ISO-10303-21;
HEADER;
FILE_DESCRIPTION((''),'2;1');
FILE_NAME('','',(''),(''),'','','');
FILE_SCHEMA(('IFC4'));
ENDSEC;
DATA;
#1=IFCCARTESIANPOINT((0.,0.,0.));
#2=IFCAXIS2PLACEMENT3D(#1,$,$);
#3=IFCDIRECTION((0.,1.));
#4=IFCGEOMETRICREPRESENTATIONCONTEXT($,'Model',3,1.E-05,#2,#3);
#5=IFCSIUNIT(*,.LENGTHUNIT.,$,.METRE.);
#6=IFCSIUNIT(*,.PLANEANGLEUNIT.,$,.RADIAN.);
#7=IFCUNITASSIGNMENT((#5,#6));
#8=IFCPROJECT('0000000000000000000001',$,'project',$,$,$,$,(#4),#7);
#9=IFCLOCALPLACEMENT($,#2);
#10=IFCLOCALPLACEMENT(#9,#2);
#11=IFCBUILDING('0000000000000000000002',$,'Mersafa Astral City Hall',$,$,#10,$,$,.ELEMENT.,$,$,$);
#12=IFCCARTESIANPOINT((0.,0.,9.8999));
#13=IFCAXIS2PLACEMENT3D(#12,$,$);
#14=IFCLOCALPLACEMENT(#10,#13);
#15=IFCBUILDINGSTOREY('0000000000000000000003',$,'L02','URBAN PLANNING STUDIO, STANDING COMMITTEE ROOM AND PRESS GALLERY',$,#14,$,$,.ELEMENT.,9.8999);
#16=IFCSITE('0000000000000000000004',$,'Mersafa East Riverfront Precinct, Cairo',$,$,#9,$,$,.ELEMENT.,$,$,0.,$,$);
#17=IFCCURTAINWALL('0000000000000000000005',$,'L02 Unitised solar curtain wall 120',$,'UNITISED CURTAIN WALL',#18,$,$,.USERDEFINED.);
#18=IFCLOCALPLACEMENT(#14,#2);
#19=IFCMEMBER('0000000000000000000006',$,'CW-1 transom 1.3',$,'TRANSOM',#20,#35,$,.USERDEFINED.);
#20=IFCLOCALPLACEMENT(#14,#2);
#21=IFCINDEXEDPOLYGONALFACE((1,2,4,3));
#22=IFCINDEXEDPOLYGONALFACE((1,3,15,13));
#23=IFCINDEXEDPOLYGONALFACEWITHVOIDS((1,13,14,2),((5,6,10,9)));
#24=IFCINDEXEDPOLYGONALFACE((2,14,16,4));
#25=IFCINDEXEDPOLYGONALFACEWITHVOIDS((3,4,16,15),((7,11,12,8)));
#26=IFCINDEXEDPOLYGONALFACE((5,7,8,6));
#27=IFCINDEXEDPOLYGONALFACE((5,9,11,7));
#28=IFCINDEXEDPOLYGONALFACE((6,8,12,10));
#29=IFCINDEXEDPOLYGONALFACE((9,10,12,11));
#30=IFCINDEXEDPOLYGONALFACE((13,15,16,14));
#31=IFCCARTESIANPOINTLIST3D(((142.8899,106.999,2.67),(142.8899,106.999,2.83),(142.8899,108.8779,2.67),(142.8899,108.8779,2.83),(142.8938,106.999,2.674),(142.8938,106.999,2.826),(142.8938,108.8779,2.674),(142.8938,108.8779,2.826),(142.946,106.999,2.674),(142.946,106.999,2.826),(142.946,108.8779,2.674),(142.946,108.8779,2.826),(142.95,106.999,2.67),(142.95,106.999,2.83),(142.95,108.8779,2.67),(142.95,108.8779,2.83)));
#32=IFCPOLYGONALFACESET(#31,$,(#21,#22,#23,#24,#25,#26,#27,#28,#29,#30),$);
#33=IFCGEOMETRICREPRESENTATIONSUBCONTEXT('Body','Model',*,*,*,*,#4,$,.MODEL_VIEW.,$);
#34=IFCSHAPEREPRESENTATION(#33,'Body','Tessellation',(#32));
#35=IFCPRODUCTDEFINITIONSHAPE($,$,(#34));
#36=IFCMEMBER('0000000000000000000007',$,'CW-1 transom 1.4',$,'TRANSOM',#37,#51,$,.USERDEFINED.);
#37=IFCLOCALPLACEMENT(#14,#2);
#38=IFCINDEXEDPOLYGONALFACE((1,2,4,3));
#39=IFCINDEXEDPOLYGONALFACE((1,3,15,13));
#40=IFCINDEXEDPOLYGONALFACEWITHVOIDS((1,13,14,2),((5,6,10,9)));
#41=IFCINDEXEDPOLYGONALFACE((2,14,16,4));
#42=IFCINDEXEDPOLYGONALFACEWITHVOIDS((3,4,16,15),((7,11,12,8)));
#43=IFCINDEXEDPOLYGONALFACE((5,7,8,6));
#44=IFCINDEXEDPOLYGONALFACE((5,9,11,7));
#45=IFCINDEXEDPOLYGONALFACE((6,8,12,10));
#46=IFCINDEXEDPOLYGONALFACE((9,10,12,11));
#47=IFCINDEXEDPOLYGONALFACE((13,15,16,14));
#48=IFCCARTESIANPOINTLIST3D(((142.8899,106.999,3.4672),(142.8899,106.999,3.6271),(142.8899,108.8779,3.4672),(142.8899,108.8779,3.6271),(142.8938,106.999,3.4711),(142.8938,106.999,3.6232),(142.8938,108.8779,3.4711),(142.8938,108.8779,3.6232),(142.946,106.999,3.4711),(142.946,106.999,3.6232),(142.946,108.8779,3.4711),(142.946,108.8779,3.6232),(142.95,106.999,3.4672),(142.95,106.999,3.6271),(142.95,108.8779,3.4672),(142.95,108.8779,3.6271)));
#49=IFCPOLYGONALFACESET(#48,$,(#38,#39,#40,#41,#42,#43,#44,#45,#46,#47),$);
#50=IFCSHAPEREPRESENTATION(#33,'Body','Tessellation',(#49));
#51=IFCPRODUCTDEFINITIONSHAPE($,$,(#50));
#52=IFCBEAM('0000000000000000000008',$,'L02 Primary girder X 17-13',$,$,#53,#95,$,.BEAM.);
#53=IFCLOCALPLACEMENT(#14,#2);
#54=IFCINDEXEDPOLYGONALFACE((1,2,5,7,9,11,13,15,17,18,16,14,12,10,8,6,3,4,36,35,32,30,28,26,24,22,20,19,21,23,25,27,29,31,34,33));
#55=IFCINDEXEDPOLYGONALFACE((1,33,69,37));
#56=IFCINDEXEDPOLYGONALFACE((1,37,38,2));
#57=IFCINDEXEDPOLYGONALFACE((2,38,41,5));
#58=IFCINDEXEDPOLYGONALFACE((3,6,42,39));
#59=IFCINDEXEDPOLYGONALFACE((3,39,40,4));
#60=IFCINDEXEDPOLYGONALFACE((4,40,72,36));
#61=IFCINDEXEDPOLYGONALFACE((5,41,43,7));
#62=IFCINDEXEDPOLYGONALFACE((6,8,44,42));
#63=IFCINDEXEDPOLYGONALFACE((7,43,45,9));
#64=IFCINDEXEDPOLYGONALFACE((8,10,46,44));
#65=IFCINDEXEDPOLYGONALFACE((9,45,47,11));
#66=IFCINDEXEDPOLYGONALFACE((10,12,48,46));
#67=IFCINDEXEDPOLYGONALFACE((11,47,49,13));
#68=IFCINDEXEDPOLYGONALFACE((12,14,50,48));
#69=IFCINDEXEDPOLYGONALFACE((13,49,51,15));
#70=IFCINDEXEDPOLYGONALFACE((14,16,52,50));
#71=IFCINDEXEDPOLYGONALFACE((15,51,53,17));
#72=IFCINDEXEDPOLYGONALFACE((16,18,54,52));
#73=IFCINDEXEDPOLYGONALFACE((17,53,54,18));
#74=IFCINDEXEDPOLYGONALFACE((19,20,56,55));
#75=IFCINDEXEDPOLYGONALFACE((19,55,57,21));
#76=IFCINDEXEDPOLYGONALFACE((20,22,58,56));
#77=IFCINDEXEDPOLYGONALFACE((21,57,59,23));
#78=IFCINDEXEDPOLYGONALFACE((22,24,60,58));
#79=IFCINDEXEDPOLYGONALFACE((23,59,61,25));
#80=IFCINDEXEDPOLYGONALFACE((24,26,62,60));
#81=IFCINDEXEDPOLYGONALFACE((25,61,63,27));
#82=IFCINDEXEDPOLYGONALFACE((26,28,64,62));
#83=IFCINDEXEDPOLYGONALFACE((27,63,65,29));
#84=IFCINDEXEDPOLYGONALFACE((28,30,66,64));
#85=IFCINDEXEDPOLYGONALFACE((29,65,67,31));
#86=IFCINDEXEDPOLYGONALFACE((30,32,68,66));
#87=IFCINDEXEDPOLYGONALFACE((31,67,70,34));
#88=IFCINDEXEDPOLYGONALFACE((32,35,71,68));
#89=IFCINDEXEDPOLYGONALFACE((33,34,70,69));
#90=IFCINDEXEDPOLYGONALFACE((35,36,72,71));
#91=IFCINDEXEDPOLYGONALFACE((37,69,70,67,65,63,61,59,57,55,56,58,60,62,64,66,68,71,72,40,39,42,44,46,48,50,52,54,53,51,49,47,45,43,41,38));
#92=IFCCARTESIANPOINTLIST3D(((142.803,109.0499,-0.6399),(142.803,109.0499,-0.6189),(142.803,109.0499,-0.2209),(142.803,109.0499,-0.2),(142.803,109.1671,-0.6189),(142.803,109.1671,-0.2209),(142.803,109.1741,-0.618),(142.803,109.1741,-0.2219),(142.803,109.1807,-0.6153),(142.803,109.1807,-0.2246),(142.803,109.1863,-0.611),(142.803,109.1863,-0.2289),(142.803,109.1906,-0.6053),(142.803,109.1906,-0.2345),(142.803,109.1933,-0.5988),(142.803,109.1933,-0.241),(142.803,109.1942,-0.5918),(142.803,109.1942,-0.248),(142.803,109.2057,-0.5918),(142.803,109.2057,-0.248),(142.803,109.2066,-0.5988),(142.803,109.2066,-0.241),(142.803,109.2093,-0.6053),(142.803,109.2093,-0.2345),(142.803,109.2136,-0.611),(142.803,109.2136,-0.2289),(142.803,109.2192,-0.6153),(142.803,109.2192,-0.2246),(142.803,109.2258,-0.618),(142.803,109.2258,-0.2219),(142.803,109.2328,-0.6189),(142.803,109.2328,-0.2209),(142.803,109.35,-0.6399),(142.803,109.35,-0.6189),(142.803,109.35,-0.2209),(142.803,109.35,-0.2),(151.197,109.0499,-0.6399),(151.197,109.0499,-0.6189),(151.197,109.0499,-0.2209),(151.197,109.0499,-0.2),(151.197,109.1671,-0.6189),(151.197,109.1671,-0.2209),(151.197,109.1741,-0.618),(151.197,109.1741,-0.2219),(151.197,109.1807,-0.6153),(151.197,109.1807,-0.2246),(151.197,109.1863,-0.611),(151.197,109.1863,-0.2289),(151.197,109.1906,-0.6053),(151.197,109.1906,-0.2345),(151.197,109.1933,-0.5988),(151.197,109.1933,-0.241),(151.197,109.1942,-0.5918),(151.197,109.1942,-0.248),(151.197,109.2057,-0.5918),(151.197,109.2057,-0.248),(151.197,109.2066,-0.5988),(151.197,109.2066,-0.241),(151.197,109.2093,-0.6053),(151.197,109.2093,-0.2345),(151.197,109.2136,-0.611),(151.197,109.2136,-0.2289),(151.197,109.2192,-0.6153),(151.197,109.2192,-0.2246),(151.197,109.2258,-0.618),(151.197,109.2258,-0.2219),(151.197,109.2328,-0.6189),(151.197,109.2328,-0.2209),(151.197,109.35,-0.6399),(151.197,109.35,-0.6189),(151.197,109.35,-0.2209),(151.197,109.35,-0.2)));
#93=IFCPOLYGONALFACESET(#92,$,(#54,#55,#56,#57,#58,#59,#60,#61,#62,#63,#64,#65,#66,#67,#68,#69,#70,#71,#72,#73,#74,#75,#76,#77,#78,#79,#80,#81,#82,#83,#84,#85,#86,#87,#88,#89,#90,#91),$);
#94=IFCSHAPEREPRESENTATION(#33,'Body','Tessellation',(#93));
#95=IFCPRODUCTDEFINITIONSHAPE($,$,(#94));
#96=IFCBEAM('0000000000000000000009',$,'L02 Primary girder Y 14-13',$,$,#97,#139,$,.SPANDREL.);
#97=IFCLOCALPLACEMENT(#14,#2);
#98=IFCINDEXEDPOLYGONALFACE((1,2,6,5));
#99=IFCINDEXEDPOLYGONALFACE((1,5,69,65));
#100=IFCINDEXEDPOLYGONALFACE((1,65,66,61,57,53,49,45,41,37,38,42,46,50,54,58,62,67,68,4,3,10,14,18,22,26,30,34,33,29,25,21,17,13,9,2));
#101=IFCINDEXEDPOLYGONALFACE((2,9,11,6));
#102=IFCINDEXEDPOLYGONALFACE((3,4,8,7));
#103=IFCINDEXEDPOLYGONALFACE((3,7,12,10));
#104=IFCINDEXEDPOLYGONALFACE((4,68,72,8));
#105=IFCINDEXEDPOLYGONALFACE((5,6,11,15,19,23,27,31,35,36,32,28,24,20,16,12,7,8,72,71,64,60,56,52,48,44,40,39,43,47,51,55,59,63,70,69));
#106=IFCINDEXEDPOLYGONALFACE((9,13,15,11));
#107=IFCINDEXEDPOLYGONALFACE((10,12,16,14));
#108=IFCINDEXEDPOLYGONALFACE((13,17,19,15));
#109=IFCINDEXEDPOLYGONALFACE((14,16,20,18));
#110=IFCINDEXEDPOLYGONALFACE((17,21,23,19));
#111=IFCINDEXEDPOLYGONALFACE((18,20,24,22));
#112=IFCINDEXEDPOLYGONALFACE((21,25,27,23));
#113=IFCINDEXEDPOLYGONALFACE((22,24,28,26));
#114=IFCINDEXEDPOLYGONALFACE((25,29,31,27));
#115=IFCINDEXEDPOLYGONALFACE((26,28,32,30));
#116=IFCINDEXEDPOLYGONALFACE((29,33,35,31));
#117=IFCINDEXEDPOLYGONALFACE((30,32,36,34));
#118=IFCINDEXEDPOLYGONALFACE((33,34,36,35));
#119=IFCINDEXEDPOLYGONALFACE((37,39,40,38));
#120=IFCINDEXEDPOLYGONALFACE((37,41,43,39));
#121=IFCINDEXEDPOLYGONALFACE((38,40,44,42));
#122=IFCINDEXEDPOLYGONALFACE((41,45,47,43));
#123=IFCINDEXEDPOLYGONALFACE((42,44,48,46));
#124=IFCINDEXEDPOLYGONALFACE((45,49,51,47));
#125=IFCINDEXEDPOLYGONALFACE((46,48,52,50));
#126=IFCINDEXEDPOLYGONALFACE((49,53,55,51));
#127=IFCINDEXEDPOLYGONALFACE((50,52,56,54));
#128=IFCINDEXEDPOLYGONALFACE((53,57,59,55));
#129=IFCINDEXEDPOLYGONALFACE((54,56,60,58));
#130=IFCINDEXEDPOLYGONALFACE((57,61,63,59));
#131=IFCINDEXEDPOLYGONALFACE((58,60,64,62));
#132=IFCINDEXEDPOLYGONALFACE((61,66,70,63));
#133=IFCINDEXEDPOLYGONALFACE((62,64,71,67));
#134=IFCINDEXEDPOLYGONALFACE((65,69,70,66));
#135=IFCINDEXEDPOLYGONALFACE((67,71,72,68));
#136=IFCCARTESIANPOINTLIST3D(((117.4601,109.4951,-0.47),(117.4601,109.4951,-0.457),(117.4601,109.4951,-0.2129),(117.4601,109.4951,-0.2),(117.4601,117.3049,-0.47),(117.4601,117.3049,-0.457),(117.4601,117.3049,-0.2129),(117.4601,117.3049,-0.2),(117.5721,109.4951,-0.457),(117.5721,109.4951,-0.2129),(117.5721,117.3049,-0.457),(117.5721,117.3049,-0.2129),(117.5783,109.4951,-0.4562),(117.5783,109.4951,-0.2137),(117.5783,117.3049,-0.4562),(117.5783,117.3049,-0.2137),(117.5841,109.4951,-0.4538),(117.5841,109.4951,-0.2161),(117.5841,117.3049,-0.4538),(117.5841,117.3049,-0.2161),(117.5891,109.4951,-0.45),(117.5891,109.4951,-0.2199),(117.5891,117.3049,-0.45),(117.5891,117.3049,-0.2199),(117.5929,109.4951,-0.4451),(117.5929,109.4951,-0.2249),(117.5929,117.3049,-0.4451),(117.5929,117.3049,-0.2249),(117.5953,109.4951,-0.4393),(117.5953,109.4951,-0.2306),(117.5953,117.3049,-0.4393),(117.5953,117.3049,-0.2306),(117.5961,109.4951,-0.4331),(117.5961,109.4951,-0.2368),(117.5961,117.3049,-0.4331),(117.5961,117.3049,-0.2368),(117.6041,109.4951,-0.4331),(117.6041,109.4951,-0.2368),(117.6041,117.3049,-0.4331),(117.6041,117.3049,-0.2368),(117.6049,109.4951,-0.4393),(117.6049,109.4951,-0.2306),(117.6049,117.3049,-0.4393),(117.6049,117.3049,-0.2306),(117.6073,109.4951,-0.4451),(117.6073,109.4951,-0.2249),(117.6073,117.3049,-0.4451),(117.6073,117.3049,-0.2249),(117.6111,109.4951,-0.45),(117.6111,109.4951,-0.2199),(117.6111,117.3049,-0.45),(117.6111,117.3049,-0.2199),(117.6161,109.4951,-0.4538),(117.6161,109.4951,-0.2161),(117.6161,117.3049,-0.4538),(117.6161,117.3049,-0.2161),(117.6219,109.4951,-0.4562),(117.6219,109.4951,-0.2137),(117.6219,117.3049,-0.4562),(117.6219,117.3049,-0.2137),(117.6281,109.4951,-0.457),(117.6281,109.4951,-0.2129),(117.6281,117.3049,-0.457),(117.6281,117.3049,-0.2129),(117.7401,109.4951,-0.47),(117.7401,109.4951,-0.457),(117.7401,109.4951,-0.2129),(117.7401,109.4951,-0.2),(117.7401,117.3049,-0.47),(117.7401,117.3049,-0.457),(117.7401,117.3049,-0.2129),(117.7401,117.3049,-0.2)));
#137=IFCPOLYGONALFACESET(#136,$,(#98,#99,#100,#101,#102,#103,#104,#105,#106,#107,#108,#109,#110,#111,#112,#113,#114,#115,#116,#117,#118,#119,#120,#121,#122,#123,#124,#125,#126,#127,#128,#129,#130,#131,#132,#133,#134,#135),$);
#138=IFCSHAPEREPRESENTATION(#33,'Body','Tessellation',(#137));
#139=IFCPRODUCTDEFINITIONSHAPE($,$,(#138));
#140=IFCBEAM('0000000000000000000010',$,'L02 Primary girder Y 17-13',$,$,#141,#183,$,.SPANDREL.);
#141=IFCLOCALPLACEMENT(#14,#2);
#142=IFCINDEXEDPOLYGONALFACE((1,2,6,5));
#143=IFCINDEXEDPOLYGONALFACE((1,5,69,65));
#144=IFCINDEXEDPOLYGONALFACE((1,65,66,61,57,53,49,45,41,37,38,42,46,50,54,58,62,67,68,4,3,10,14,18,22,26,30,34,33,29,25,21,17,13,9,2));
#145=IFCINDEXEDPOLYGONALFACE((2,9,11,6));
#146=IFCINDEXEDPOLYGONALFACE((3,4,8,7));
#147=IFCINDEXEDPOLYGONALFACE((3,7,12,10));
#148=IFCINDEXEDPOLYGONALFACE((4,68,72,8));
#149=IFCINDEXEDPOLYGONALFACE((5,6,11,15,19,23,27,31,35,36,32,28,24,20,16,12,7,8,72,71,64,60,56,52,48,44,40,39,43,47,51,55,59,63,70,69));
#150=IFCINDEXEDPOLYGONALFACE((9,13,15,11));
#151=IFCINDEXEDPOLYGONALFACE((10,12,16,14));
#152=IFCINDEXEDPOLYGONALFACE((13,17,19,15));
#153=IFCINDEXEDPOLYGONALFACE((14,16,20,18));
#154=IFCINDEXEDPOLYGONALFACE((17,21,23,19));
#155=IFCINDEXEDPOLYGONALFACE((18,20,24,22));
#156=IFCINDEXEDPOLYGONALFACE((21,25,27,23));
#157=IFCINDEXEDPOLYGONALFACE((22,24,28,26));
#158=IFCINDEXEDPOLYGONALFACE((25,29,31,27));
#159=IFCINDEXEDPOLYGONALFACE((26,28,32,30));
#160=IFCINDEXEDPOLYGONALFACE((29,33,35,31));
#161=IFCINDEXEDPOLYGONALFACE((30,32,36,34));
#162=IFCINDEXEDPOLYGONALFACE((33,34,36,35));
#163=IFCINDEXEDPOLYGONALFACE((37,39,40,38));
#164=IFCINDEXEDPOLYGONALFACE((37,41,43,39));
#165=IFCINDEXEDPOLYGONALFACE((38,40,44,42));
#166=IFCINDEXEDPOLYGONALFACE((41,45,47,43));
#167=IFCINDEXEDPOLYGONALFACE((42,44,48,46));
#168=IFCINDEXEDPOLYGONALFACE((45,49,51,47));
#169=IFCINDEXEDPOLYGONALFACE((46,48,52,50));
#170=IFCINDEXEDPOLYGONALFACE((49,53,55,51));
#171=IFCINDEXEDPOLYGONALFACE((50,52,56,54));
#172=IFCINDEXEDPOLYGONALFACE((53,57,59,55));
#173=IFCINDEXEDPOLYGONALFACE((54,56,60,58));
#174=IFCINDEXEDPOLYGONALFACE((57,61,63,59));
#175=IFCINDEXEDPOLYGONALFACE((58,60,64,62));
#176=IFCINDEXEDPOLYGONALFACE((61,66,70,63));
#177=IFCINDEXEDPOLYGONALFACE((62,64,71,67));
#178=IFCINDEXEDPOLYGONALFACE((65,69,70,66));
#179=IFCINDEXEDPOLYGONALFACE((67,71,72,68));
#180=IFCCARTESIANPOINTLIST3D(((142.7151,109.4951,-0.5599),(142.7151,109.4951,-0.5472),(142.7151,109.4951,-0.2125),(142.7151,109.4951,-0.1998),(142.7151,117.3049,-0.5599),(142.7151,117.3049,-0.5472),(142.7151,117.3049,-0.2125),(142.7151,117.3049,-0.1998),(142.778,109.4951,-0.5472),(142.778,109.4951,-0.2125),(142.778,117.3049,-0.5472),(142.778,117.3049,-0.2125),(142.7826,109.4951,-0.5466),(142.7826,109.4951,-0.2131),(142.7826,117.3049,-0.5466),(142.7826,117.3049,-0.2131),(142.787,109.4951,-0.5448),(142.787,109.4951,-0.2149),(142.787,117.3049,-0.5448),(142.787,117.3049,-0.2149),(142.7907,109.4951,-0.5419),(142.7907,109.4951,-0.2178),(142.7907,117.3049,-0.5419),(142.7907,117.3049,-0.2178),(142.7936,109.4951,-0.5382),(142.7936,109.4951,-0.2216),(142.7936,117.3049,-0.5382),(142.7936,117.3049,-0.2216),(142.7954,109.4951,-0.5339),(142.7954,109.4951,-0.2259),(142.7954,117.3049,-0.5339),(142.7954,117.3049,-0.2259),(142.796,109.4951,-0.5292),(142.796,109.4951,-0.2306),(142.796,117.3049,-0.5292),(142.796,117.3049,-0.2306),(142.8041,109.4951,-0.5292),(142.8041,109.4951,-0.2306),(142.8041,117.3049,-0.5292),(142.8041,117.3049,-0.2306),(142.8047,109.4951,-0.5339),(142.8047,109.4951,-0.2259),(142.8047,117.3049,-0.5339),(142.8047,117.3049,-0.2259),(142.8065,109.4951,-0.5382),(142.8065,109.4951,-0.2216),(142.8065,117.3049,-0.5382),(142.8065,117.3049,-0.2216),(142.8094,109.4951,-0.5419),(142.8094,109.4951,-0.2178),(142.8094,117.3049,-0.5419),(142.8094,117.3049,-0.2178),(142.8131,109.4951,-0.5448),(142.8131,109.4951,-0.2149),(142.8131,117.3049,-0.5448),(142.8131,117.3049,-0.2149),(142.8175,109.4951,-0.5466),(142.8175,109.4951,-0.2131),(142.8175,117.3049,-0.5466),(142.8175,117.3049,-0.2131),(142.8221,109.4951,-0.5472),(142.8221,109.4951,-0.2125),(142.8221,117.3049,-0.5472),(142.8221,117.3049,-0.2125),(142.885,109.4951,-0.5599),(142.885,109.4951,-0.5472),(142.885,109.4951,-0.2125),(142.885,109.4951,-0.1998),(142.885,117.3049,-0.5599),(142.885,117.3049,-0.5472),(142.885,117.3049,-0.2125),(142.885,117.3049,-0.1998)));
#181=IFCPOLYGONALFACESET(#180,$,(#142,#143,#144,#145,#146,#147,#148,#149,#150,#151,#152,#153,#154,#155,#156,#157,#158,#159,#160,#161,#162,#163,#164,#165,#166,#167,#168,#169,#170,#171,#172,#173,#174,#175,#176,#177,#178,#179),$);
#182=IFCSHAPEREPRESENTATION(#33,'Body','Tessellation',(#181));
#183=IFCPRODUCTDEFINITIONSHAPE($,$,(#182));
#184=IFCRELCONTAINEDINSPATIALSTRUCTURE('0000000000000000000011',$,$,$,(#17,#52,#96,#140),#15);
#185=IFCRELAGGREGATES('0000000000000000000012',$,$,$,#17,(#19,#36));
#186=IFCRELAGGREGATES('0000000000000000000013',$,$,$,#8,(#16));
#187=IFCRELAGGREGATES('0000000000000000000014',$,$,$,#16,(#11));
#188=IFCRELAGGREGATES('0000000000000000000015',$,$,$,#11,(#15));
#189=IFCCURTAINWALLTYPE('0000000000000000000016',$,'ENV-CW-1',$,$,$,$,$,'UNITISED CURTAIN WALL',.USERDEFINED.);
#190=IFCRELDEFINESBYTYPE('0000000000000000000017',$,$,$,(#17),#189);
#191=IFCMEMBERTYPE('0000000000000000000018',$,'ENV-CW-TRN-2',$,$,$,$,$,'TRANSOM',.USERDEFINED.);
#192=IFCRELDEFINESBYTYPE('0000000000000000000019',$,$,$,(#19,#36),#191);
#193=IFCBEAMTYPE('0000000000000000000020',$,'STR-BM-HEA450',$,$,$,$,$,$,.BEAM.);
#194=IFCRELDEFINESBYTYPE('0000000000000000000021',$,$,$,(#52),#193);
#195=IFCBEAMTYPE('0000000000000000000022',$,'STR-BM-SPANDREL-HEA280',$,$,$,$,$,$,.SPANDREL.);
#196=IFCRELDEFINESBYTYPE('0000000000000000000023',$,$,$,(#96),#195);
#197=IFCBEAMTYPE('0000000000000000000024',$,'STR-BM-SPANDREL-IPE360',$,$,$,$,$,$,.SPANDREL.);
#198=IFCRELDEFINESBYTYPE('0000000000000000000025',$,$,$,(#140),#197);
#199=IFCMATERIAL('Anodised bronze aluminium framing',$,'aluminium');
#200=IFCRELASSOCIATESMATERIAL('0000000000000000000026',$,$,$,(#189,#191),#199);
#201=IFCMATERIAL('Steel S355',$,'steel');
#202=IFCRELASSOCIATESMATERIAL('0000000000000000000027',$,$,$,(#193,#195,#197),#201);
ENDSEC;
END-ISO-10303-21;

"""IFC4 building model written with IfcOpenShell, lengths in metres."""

from ifc_helpers import new_model, si_unit, direction, frame, origin, origin_2d, place, context, subcontext, project, spatial, hollow_rectangle, i_section, extrude, material, material_profile, profile_set, type_object, element, aggregate, save


model = new_model("IFC4")

# Units and contexts
model_context = context("Model", 3, precision=1e-05, world=origin(), true_north=direction((0.0, 1.0)))
body_context = subcontext(model_context, "Body", "Model", "MODEL_VIEW")
ifc_project = project(units=[si_unit("LENGTHUNIT", "METRE"), si_unit("PLANEANGLEUNIT", "RADIAN")], contexts=[model_context])

# Site, building, storey
site_placement = place(None, origin())
site = spatial("IfcSite", under=ifc_project, at=site_placement, Name="Mersafa East Riverfront Precinct, Cairo", CompositionType="ELEMENT", RefElevation=0.0)
building_placement = place(site_placement, origin())
building = spatial("IfcBuilding", under=site, at=building_placement, Name="Mersafa Astral City Hall", CompositionType="ELEMENT")
storey_placement = place(building_placement, frame((0.0, 0.0, 9.8999)))
storey = spatial("IfcBuildingStorey", under=building, at=storey_placement, Name="L02", Description="URBAN PLANNING STUDIO, STANDING COMMITTEE ROOM AND PRESS GALLERY", CompositionType="ELEMENT", Elevation=9.8999)

# Shared definitions
ifc_material_1 = material(Name="Steel S355", Category="steel")

# Curtain wall, members
ifc_material_2 = material(Name="Anodised bronze aluminium framing", Category="aluminium")
curtain_wall_type = type_object("IfcCurtainWallType", Name="ENV-CW-1", ElementType="UNITISED CURTAIN WALL", PredefinedType="USERDEFINED", material=ifc_material_2)
curtain_wall_placement = place(storey_placement, origin())
curtain_wall = element("IfcCurtainWall", 1, at=curtain_wall_placement, inside=storey, type_object=curtain_wall_type, Name="L02 Unitised solar curtain wall 120", ObjectType="UNITISED CURTAIN WALL", PredefinedType="USERDEFINED")
ifc_material_profile_1 = material_profile(ifc_material_2, hollow_rectangle(XDim=0.0601, YDim=0.1599, WallThickness=0.0039, at=origin_2d()), Name="RHS 60x160x4")
ifc_profile_set_1 = profile_set([ifc_material_profile_1], Name="Anodised bronze aluminium framing")
member_type_1 = type_object("IfcMemberType", Name="ENV-CW-TRN-2", ElementType="TRANSOM", PredefinedType="USERDEFINED", material=ifc_profile_set_1)
member_1_placement = place(storey_placement, frame((142.9199, 108.8779, 2.75), z_axis=(0.0, -1.0, 0.0), x_axis=(1.0, 0.0, 0.0)))
member_1 = element("IfcMember", 2, at=member_1_placement, type_object=member_type_1, Name="CW-1 transom 1.3", ObjectType="TRANSOM", PredefinedType="USERDEFINED", context=body_context, shape_type="SweptSolid", body=[
    extrude(hollow_rectangle(XDim=0.0601, YDim=0.1599, WallThickness=0.0039, at=origin_2d()), origin(), (0.0, 0.0, 1.0), 1.8789),
])
member_2_placement = place(storey_placement, frame((142.9199, 108.8779, 3.5471), z_axis=(0.0, -1.0, 0.0), x_axis=(1.0, 0.0, 0.0)))
member_2 = element("IfcMember", 3, at=member_2_placement, type_object=member_type_1, Name="CW-1 transom 1.4", ObjectType="TRANSOM", PredefinedType="USERDEFINED", context=body_context, shape_type="SweptSolid", body=[
    extrude(hollow_rectangle(XDim=0.0601, YDim=0.1599, WallThickness=0.0039, at=origin_2d()), origin(), (0.0, 0.0, 1.0), 1.8789),
])

# Beams
ifc_material_profile_2 = material_profile(ifc_material_1, i_section(OverallWidth=0.3, OverallDepth=0.4399, WebThickness=0.0115, FlangeThickness=0.021, FilletRadius=0.0271, at=origin_2d()), Name="HEA 450")
ifc_profile_set_2 = profile_set([ifc_material_profile_2], Name="Steel S355")
beam_type_1 = type_object("IfcBeamType", Name="STR-BM-HEA450", PredefinedType="BEAM", material=ifc_profile_set_2)
beam_1_placement = place(storey_placement, frame((142.803, 109.2, -0.4199), z_axis=(1.0, 0.0, 0.0), x_axis=(0.0, 1.0, 0.0)))
element("IfcBeam", 4, at=beam_1_placement, inside=storey, type_object=beam_type_1, Name="L02 Primary girder X 17-13", PredefinedType="BEAM", context=body_context, shape_type="SweptSolid", body=[
    extrude(i_section(OverallWidth=0.3, OverallDepth=0.4399, WebThickness=0.0115, FlangeThickness=0.021, FilletRadius=0.0271, at=origin_2d()), origin(), (0.0, 0.0, 1.0), 8.394),
])
ifc_material_profile_3 = material_profile(ifc_material_1, i_section(OverallWidth=0.28, OverallDepth=0.27, WebThickness=0.0081, FlangeThickness=0.0129, FilletRadius=0.0239, at=origin_2d()), Name="HEA 280")
ifc_profile_set_3 = profile_set([ifc_material_profile_3], Name="Steel S355")
beam_type_2 = type_object("IfcBeamType", Name="STR-BM-SPANDREL-HEA280", PredefinedType="SPANDREL", material=ifc_profile_set_3)
beam_2_placement = place(storey_placement, frame((117.6001, 109.4951, -0.335), z_axis=(0.0, 1.0, 0.0), x_axis=(-1.0, 0.0, 0.0)))
element("IfcBeam", 5, at=beam_2_placement, inside=storey, type_object=beam_type_2, Name="L02 Primary girder Y 14-13", PredefinedType="SPANDREL", context=body_context, shape_type="SweptSolid", body=[
    extrude(i_section(OverallWidth=0.28, OverallDepth=0.27, WebThickness=0.0081, FlangeThickness=0.0129, FilletRadius=0.0239, at=origin_2d()), origin(), (0.0, 0.0, 1.0), 7.8098),
])
ifc_material_profile_4 = material_profile(ifc_material_1, i_section(OverallWidth=0.1699, OverallDepth=0.3601, WebThickness=0.0081, FlangeThickness=0.0127, FilletRadius=0.0181, at=origin_2d()), Name="IPE 360")
ifc_profile_set_4 = profile_set([ifc_material_profile_4], Name="Steel S355")
beam_type_3 = type_object("IfcBeamType", Name="STR-BM-SPANDREL-IPE360", PredefinedType="SPANDREL", material=ifc_profile_set_4)
beam_3_placement = place(storey_placement, frame((142.8, 109.4951, -0.3799), z_axis=(0.0, 1.0, 0.0), x_axis=(-1.0, 0.0, 0.0)))
element("IfcBeam", 6, at=beam_3_placement, inside=storey, type_object=beam_type_3, Name="L02 Primary girder Y 17-13", PredefinedType="SPANDREL", context=body_context, shape_type="SweptSolid", body=[
    extrude(i_section(OverallWidth=0.1699, OverallDepth=0.3601, WebThickness=0.0081, FlangeThickness=0.0127, FilletRadius=0.0181, at=origin_2d()), origin(), (0.0, 0.0, 1.0), 7.8098),
])

aggregate(curtain_wall, [member_1, member_2])

save(model, "model.ifc")
